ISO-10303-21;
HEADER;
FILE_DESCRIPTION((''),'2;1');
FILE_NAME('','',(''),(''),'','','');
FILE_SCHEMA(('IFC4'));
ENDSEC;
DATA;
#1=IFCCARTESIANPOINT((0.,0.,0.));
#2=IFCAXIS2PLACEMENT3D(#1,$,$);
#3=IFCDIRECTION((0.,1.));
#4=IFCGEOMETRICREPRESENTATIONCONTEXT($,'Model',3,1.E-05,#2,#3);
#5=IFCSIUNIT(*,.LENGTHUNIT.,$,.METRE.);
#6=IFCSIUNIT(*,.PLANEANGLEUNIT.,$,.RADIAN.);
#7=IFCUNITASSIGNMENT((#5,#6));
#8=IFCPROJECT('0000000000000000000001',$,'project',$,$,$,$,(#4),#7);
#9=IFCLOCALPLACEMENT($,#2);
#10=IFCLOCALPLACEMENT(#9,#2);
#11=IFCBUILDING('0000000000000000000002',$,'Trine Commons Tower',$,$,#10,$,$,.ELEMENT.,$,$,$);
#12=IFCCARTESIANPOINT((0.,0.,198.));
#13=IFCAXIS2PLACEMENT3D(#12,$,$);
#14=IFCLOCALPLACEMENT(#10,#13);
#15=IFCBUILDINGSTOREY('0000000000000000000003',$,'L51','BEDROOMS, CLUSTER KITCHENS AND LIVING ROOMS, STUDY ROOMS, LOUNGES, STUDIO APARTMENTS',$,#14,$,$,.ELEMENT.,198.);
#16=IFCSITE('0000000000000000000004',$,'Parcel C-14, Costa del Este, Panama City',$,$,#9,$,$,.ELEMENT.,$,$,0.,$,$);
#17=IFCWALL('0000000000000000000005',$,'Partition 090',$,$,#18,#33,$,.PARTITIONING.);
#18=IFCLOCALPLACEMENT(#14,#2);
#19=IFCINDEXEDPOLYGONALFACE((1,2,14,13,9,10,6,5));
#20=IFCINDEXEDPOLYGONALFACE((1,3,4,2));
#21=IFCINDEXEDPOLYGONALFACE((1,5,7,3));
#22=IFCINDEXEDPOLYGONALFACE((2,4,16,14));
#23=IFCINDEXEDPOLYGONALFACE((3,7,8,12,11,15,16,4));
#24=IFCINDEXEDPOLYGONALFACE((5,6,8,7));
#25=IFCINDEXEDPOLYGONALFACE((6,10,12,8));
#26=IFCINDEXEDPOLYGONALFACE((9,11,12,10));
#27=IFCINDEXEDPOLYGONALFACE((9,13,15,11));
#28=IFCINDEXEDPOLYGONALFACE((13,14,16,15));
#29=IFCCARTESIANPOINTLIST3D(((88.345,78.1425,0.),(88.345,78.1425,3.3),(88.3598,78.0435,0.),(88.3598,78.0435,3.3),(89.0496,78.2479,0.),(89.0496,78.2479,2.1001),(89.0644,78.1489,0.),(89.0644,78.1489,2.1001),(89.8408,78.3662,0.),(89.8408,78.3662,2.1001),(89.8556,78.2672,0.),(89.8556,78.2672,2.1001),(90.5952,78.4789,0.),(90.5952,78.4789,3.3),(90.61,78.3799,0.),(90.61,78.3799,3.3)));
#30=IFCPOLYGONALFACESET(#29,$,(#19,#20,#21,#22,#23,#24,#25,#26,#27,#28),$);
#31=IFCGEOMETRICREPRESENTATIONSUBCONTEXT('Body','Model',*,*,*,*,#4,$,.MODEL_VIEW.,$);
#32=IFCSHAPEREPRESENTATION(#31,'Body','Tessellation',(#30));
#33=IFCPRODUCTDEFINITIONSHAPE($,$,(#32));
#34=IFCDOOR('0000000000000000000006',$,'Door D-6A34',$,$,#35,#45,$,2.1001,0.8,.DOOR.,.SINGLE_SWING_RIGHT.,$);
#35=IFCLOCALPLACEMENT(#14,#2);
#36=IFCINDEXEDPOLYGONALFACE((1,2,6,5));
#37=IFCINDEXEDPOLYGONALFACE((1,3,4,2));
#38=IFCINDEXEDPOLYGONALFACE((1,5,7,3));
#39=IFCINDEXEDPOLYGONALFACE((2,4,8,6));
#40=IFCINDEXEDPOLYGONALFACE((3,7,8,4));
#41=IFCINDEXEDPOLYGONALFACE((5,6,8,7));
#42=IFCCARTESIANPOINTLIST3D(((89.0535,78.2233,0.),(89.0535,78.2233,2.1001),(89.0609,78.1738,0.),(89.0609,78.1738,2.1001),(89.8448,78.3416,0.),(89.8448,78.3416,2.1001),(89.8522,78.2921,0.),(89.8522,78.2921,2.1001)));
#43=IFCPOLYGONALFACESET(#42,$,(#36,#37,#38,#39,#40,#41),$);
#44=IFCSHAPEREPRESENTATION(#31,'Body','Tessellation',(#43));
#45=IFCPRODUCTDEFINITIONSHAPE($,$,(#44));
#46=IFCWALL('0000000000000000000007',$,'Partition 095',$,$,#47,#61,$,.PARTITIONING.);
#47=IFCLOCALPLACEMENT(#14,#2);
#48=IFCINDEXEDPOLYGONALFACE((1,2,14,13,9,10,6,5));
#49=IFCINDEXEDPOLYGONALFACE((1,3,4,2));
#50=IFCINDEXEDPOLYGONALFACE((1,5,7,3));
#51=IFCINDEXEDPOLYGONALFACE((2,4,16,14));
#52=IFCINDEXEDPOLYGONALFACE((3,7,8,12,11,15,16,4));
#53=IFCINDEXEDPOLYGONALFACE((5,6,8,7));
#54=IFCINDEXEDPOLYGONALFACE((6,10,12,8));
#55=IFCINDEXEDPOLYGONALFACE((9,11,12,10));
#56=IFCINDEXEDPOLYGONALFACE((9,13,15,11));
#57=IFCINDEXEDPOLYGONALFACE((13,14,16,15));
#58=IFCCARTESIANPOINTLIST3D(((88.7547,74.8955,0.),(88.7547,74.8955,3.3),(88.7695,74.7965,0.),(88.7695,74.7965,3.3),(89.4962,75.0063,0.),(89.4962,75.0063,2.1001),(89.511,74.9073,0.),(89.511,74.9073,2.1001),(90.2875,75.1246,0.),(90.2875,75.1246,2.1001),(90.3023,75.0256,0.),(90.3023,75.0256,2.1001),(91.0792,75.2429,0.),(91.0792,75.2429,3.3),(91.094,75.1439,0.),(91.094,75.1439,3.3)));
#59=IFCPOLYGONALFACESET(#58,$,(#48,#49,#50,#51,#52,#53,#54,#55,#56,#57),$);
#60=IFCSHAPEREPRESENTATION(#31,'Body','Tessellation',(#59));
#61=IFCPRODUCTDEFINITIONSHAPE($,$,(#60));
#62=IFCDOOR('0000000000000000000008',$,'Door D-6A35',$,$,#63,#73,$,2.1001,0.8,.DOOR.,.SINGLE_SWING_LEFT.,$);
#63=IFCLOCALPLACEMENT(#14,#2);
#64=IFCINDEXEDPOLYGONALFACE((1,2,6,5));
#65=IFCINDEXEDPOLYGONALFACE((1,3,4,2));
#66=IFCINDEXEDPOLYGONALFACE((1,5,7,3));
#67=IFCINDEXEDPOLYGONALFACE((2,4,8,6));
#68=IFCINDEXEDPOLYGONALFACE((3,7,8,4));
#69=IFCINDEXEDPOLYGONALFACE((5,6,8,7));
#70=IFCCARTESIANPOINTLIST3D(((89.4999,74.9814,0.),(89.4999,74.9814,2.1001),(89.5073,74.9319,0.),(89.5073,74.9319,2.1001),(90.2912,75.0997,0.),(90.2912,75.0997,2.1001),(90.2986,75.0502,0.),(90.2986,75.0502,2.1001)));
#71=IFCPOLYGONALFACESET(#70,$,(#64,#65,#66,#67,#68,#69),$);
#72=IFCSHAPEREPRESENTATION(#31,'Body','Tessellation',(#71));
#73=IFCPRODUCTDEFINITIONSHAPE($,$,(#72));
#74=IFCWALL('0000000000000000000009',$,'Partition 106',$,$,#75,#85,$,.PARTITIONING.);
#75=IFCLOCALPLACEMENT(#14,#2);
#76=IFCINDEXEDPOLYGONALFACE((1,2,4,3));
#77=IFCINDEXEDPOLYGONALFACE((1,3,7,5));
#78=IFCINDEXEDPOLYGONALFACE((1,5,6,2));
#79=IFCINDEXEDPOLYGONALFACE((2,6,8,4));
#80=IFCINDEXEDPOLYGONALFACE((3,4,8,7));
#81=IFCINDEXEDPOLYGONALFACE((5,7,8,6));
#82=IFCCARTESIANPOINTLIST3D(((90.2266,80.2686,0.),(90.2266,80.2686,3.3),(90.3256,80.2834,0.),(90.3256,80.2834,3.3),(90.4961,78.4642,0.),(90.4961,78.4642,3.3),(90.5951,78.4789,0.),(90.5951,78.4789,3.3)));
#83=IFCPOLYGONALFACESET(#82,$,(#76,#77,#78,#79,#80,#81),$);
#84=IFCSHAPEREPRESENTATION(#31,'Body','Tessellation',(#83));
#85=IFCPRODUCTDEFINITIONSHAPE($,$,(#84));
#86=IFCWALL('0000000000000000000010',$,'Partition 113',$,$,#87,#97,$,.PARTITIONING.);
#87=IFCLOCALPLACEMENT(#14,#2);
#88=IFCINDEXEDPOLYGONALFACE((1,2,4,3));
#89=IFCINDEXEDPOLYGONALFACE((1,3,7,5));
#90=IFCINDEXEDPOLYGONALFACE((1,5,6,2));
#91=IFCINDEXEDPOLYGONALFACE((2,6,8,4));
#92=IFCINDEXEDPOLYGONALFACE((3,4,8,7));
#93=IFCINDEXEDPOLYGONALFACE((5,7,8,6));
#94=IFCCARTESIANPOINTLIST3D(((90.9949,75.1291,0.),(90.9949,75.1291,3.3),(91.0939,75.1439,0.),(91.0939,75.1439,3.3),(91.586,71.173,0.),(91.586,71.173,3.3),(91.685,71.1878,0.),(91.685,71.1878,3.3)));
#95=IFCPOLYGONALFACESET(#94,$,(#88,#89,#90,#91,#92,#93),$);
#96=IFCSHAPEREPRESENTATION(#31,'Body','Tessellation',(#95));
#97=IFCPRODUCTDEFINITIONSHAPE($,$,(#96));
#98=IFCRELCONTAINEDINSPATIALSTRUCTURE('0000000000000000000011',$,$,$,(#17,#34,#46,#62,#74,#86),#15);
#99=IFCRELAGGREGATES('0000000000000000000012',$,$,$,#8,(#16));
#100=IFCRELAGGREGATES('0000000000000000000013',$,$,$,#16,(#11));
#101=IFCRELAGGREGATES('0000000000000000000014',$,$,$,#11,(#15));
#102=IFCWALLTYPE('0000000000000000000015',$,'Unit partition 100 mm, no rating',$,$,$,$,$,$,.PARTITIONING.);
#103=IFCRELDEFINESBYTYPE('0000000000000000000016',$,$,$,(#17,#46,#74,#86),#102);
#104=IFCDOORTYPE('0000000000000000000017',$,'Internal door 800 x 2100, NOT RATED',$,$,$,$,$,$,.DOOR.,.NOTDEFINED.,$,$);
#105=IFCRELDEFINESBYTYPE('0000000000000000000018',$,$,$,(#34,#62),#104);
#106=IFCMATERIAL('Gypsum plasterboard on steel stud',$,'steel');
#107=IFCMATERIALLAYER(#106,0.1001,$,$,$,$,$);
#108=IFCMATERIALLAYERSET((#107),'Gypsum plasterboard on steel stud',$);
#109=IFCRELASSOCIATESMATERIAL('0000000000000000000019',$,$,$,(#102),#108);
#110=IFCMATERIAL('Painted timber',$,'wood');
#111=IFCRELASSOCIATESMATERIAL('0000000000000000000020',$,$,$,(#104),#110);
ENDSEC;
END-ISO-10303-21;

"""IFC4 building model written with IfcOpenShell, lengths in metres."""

from ifc_helpers import new_model, si_unit, direction, frame, frame_2d, origin, place, context, subcontext, project, spatial, rectangle, extrude, material, layer, layer_set, type_object, element, fill, save


model = new_model("IFC4")

# Units and contexts
model_context = context("Model", 3, precision=1e-05, world=origin(), true_north=direction((0.0, 1.0)))
body_context = subcontext(model_context, "Body", "Model", "MODEL_VIEW")
ifc_project = project(units=[si_unit("LENGTHUNIT", "METRE"), si_unit("PLANEANGLEUNIT", "RADIAN")], contexts=[model_context])

# Site, building, storey
site_placement = place(None, origin())
site = spatial("IfcSite", under=ifc_project, at=site_placement, Name="Parcel C-14, Costa del Este, Panama City", CompositionType="ELEMENT", RefElevation=0.0)
building_placement = place(site_placement, origin())
building = spatial("IfcBuilding", under=site, at=building_placement, Name="Trine Commons Tower", CompositionType="ELEMENT")
storey_placement = place(building_placement, frame((0.0, 0.0, 198.0)))
storey = spatial("IfcBuildingStorey", under=building, at=storey_placement, Name="L51", Description="BEDROOMS, CLUSTER KITCHENS AND LIVING ROOMS, STUDY ROOMS, LOUNGES, STUDIO APARTMENTS", CompositionType="ELEMENT", Elevation=198.0)

# Shared definitions
ifc_material_1 = material(Name="Gypsum plasterboard on steel stud", Category="steel")

# Walls, openings, doors
ifc_layer_1 = layer(ifc_material_1, 0.1001)
ifc_layer_set_1 = layer_set([ifc_layer_1], Name="Gypsum plasterboard on steel stud")
wall_type_1 = type_object("IfcWallType", Name="Unit partition 100 mm, no rating", PredefinedType="PARTITIONING", material=ifc_layer_set_1)
wall_1_placement = place(storey_placement, frame((88.3523, 78.093, 0.0), z_axis=(0.0, 0.0, 1.0), x_axis=(0.989008, 0.147863, 0.0)))
wall_1 = element("IfcWall", 1, at=wall_1_placement, inside=storey, type_object=wall_type_1, Name="Partition 090", PredefinedType="PARTITIONING", context=body_context, shape_type="SweptSolid", body=[
    extrude(rectangle(XDim=2.2751, YDim=0.1001, at=frame_2d((1.1377, 0.0))), origin(), (0.0, 0.0, 1.0), 3.3),
])
opening_1_placement = place(wall_1_placement, frame((0.7126, 0.0, 0.0)))
opening_1 = element("IfcOpeningElement", 2, at=opening_1_placement, cuts=wall_1, PredefinedType="OPENING", context=body_context, shape_type="SweptSolid", body=[
    extrude(rectangle(XDim=0.8, YDim=2.1001, at=frame_2d((0.3999, 1.05))), frame((0.0, 0.0601, 0.0), z_axis=(0.0, -1.0, 0.0), x_axis=(1.0, 0.0, 0.0)), (0.0, 0.0, 1.0), 0.1201),
])
ifc_material_2 = material(Name="Painted timber", Category="wood")
door_type_1 = type_object("IfcDoorType", Name="Internal door 800 x 2100, NOT RATED", OperationType="NOTDEFINED", PredefinedType="DOOR", material=ifc_material_2)
door_1_placement = place(opening_1_placement, frame((0.8, 0.0, 0.0), z_axis=(0.0, 0.0, 1.0), x_axis=(-1.0, 0.0, 0.0)))
door_1 = element("IfcDoor", 3, at=door_1_placement, inside=storey, type_object=door_type_1, Name="Door D-6A34", OperationType="SINGLE_SWING_RIGHT", OverallHeight=2.1001, OverallWidth=0.8, PredefinedType="DOOR", context=body_context, shape_type="SweptSolid", body=[
    extrude(rectangle(XDim=0.8, YDim=2.1001, at=frame_2d((0.3999, 1.05))), frame((0.0, 0.0249, 0.0), z_axis=(0.0, -1.0, 0.0), x_axis=(1.0, 0.0, 0.0)), (0.0, 0.0, 1.0), 0.05),
])
fill(opening_1, door_1)
wall_2_placement = place(storey_placement, frame((88.762, 74.8459, 0.0), z_axis=(0.0, 0.0, 1.0), x_axis=(0.989015, 0.147817, 0.0)))
wall_2 = element("IfcWall", 4, at=wall_2_placement, inside=storey, type_object=wall_type_1, Name="Partition 095", PredefinedType="PARTITIONING", context=body_context, shape_type="SweptSolid", body=[
    extrude(rectangle(XDim=2.3503, YDim=0.1001, at=frame_2d((1.1753, 0.0))), origin(), (0.0, 0.0, 1.0), 3.3),
])
opening_2_placement = place(wall_2_placement, frame((0.75, 0.0, 0.0)))
opening_2 = element("IfcOpeningElement", 5, at=opening_2_placement, cuts=wall_2, PredefinedType="OPENING", context=body_context, shape_type="SweptSolid", body=[
    extrude(rectangle(XDim=0.8, YDim=2.1001, at=frame_2d((0.3999, 1.05))), frame((0.0, 0.0601, 0.0), z_axis=(0.0, -1.0, 0.0), x_axis=(1.0, 0.0, 0.0)), (0.0, 0.0, 1.0), 0.1201),
])
door_2_placement = place(opening_2_placement, origin())
door_2 = element("IfcDoor", 6, at=door_2_placement, inside=storey, type_object=door_type_1, Name="Door D-6A35", OperationType="SINGLE_SWING_LEFT", OverallHeight=2.1001, OverallWidth=0.8, PredefinedType="DOOR", context=body_context, shape_type="SweptSolid", body=[
    extrude(rectangle(XDim=0.8, YDim=2.1001, at=frame_2d((0.3999, 1.05))), frame((0.0, 0.0249, 0.0), z_axis=(0.0, -1.0, 0.0), x_axis=(1.0, 0.0, 0.0)), (0.0, 0.0, 1.0), 0.05),
])
fill(opening_2, door_2)

# Walls
wall_3_placement = place(storey_placement, frame((90.2761, 80.2759, 0.0), z_axis=(0.0, 0.0, 1.0), x_axis=(0.147732, -0.989027, 0.0)))
element("IfcWall", 7, at=wall_3_placement, inside=storey, type_object=wall_type_1, Name="Partition 106", PredefinedType="PARTITIONING", context=body_context, shape_type="SweptSolid", body=[
    extrude(rectangle(XDim=1.8245, YDim=0.1001, at=frame_2d((0.9121, 0.0))), origin(), (0.0, 0.0, 1.0), 3.3),
])
wall_4_placement = place(storey_placement, frame((91.0444, 75.1365, 0.0), z_axis=(0.0, 0.0, 1.0), x_axis=(0.147767, -0.989022, 0.0)))
element("IfcWall", 8, at=wall_4_placement, inside=storey, type_object=wall_type_1, Name="Partition 113", PredefinedType="PARTITIONING", context=body_context, shape_type="SweptSolid", body=[
    extrude(rectangle(XDim=4.0, YDim=0.1001, at=frame_2d((2.0, 0.0))), origin(), (0.0, 0.0, 1.0), 3.3),
])

save(model, "model.ifc")
